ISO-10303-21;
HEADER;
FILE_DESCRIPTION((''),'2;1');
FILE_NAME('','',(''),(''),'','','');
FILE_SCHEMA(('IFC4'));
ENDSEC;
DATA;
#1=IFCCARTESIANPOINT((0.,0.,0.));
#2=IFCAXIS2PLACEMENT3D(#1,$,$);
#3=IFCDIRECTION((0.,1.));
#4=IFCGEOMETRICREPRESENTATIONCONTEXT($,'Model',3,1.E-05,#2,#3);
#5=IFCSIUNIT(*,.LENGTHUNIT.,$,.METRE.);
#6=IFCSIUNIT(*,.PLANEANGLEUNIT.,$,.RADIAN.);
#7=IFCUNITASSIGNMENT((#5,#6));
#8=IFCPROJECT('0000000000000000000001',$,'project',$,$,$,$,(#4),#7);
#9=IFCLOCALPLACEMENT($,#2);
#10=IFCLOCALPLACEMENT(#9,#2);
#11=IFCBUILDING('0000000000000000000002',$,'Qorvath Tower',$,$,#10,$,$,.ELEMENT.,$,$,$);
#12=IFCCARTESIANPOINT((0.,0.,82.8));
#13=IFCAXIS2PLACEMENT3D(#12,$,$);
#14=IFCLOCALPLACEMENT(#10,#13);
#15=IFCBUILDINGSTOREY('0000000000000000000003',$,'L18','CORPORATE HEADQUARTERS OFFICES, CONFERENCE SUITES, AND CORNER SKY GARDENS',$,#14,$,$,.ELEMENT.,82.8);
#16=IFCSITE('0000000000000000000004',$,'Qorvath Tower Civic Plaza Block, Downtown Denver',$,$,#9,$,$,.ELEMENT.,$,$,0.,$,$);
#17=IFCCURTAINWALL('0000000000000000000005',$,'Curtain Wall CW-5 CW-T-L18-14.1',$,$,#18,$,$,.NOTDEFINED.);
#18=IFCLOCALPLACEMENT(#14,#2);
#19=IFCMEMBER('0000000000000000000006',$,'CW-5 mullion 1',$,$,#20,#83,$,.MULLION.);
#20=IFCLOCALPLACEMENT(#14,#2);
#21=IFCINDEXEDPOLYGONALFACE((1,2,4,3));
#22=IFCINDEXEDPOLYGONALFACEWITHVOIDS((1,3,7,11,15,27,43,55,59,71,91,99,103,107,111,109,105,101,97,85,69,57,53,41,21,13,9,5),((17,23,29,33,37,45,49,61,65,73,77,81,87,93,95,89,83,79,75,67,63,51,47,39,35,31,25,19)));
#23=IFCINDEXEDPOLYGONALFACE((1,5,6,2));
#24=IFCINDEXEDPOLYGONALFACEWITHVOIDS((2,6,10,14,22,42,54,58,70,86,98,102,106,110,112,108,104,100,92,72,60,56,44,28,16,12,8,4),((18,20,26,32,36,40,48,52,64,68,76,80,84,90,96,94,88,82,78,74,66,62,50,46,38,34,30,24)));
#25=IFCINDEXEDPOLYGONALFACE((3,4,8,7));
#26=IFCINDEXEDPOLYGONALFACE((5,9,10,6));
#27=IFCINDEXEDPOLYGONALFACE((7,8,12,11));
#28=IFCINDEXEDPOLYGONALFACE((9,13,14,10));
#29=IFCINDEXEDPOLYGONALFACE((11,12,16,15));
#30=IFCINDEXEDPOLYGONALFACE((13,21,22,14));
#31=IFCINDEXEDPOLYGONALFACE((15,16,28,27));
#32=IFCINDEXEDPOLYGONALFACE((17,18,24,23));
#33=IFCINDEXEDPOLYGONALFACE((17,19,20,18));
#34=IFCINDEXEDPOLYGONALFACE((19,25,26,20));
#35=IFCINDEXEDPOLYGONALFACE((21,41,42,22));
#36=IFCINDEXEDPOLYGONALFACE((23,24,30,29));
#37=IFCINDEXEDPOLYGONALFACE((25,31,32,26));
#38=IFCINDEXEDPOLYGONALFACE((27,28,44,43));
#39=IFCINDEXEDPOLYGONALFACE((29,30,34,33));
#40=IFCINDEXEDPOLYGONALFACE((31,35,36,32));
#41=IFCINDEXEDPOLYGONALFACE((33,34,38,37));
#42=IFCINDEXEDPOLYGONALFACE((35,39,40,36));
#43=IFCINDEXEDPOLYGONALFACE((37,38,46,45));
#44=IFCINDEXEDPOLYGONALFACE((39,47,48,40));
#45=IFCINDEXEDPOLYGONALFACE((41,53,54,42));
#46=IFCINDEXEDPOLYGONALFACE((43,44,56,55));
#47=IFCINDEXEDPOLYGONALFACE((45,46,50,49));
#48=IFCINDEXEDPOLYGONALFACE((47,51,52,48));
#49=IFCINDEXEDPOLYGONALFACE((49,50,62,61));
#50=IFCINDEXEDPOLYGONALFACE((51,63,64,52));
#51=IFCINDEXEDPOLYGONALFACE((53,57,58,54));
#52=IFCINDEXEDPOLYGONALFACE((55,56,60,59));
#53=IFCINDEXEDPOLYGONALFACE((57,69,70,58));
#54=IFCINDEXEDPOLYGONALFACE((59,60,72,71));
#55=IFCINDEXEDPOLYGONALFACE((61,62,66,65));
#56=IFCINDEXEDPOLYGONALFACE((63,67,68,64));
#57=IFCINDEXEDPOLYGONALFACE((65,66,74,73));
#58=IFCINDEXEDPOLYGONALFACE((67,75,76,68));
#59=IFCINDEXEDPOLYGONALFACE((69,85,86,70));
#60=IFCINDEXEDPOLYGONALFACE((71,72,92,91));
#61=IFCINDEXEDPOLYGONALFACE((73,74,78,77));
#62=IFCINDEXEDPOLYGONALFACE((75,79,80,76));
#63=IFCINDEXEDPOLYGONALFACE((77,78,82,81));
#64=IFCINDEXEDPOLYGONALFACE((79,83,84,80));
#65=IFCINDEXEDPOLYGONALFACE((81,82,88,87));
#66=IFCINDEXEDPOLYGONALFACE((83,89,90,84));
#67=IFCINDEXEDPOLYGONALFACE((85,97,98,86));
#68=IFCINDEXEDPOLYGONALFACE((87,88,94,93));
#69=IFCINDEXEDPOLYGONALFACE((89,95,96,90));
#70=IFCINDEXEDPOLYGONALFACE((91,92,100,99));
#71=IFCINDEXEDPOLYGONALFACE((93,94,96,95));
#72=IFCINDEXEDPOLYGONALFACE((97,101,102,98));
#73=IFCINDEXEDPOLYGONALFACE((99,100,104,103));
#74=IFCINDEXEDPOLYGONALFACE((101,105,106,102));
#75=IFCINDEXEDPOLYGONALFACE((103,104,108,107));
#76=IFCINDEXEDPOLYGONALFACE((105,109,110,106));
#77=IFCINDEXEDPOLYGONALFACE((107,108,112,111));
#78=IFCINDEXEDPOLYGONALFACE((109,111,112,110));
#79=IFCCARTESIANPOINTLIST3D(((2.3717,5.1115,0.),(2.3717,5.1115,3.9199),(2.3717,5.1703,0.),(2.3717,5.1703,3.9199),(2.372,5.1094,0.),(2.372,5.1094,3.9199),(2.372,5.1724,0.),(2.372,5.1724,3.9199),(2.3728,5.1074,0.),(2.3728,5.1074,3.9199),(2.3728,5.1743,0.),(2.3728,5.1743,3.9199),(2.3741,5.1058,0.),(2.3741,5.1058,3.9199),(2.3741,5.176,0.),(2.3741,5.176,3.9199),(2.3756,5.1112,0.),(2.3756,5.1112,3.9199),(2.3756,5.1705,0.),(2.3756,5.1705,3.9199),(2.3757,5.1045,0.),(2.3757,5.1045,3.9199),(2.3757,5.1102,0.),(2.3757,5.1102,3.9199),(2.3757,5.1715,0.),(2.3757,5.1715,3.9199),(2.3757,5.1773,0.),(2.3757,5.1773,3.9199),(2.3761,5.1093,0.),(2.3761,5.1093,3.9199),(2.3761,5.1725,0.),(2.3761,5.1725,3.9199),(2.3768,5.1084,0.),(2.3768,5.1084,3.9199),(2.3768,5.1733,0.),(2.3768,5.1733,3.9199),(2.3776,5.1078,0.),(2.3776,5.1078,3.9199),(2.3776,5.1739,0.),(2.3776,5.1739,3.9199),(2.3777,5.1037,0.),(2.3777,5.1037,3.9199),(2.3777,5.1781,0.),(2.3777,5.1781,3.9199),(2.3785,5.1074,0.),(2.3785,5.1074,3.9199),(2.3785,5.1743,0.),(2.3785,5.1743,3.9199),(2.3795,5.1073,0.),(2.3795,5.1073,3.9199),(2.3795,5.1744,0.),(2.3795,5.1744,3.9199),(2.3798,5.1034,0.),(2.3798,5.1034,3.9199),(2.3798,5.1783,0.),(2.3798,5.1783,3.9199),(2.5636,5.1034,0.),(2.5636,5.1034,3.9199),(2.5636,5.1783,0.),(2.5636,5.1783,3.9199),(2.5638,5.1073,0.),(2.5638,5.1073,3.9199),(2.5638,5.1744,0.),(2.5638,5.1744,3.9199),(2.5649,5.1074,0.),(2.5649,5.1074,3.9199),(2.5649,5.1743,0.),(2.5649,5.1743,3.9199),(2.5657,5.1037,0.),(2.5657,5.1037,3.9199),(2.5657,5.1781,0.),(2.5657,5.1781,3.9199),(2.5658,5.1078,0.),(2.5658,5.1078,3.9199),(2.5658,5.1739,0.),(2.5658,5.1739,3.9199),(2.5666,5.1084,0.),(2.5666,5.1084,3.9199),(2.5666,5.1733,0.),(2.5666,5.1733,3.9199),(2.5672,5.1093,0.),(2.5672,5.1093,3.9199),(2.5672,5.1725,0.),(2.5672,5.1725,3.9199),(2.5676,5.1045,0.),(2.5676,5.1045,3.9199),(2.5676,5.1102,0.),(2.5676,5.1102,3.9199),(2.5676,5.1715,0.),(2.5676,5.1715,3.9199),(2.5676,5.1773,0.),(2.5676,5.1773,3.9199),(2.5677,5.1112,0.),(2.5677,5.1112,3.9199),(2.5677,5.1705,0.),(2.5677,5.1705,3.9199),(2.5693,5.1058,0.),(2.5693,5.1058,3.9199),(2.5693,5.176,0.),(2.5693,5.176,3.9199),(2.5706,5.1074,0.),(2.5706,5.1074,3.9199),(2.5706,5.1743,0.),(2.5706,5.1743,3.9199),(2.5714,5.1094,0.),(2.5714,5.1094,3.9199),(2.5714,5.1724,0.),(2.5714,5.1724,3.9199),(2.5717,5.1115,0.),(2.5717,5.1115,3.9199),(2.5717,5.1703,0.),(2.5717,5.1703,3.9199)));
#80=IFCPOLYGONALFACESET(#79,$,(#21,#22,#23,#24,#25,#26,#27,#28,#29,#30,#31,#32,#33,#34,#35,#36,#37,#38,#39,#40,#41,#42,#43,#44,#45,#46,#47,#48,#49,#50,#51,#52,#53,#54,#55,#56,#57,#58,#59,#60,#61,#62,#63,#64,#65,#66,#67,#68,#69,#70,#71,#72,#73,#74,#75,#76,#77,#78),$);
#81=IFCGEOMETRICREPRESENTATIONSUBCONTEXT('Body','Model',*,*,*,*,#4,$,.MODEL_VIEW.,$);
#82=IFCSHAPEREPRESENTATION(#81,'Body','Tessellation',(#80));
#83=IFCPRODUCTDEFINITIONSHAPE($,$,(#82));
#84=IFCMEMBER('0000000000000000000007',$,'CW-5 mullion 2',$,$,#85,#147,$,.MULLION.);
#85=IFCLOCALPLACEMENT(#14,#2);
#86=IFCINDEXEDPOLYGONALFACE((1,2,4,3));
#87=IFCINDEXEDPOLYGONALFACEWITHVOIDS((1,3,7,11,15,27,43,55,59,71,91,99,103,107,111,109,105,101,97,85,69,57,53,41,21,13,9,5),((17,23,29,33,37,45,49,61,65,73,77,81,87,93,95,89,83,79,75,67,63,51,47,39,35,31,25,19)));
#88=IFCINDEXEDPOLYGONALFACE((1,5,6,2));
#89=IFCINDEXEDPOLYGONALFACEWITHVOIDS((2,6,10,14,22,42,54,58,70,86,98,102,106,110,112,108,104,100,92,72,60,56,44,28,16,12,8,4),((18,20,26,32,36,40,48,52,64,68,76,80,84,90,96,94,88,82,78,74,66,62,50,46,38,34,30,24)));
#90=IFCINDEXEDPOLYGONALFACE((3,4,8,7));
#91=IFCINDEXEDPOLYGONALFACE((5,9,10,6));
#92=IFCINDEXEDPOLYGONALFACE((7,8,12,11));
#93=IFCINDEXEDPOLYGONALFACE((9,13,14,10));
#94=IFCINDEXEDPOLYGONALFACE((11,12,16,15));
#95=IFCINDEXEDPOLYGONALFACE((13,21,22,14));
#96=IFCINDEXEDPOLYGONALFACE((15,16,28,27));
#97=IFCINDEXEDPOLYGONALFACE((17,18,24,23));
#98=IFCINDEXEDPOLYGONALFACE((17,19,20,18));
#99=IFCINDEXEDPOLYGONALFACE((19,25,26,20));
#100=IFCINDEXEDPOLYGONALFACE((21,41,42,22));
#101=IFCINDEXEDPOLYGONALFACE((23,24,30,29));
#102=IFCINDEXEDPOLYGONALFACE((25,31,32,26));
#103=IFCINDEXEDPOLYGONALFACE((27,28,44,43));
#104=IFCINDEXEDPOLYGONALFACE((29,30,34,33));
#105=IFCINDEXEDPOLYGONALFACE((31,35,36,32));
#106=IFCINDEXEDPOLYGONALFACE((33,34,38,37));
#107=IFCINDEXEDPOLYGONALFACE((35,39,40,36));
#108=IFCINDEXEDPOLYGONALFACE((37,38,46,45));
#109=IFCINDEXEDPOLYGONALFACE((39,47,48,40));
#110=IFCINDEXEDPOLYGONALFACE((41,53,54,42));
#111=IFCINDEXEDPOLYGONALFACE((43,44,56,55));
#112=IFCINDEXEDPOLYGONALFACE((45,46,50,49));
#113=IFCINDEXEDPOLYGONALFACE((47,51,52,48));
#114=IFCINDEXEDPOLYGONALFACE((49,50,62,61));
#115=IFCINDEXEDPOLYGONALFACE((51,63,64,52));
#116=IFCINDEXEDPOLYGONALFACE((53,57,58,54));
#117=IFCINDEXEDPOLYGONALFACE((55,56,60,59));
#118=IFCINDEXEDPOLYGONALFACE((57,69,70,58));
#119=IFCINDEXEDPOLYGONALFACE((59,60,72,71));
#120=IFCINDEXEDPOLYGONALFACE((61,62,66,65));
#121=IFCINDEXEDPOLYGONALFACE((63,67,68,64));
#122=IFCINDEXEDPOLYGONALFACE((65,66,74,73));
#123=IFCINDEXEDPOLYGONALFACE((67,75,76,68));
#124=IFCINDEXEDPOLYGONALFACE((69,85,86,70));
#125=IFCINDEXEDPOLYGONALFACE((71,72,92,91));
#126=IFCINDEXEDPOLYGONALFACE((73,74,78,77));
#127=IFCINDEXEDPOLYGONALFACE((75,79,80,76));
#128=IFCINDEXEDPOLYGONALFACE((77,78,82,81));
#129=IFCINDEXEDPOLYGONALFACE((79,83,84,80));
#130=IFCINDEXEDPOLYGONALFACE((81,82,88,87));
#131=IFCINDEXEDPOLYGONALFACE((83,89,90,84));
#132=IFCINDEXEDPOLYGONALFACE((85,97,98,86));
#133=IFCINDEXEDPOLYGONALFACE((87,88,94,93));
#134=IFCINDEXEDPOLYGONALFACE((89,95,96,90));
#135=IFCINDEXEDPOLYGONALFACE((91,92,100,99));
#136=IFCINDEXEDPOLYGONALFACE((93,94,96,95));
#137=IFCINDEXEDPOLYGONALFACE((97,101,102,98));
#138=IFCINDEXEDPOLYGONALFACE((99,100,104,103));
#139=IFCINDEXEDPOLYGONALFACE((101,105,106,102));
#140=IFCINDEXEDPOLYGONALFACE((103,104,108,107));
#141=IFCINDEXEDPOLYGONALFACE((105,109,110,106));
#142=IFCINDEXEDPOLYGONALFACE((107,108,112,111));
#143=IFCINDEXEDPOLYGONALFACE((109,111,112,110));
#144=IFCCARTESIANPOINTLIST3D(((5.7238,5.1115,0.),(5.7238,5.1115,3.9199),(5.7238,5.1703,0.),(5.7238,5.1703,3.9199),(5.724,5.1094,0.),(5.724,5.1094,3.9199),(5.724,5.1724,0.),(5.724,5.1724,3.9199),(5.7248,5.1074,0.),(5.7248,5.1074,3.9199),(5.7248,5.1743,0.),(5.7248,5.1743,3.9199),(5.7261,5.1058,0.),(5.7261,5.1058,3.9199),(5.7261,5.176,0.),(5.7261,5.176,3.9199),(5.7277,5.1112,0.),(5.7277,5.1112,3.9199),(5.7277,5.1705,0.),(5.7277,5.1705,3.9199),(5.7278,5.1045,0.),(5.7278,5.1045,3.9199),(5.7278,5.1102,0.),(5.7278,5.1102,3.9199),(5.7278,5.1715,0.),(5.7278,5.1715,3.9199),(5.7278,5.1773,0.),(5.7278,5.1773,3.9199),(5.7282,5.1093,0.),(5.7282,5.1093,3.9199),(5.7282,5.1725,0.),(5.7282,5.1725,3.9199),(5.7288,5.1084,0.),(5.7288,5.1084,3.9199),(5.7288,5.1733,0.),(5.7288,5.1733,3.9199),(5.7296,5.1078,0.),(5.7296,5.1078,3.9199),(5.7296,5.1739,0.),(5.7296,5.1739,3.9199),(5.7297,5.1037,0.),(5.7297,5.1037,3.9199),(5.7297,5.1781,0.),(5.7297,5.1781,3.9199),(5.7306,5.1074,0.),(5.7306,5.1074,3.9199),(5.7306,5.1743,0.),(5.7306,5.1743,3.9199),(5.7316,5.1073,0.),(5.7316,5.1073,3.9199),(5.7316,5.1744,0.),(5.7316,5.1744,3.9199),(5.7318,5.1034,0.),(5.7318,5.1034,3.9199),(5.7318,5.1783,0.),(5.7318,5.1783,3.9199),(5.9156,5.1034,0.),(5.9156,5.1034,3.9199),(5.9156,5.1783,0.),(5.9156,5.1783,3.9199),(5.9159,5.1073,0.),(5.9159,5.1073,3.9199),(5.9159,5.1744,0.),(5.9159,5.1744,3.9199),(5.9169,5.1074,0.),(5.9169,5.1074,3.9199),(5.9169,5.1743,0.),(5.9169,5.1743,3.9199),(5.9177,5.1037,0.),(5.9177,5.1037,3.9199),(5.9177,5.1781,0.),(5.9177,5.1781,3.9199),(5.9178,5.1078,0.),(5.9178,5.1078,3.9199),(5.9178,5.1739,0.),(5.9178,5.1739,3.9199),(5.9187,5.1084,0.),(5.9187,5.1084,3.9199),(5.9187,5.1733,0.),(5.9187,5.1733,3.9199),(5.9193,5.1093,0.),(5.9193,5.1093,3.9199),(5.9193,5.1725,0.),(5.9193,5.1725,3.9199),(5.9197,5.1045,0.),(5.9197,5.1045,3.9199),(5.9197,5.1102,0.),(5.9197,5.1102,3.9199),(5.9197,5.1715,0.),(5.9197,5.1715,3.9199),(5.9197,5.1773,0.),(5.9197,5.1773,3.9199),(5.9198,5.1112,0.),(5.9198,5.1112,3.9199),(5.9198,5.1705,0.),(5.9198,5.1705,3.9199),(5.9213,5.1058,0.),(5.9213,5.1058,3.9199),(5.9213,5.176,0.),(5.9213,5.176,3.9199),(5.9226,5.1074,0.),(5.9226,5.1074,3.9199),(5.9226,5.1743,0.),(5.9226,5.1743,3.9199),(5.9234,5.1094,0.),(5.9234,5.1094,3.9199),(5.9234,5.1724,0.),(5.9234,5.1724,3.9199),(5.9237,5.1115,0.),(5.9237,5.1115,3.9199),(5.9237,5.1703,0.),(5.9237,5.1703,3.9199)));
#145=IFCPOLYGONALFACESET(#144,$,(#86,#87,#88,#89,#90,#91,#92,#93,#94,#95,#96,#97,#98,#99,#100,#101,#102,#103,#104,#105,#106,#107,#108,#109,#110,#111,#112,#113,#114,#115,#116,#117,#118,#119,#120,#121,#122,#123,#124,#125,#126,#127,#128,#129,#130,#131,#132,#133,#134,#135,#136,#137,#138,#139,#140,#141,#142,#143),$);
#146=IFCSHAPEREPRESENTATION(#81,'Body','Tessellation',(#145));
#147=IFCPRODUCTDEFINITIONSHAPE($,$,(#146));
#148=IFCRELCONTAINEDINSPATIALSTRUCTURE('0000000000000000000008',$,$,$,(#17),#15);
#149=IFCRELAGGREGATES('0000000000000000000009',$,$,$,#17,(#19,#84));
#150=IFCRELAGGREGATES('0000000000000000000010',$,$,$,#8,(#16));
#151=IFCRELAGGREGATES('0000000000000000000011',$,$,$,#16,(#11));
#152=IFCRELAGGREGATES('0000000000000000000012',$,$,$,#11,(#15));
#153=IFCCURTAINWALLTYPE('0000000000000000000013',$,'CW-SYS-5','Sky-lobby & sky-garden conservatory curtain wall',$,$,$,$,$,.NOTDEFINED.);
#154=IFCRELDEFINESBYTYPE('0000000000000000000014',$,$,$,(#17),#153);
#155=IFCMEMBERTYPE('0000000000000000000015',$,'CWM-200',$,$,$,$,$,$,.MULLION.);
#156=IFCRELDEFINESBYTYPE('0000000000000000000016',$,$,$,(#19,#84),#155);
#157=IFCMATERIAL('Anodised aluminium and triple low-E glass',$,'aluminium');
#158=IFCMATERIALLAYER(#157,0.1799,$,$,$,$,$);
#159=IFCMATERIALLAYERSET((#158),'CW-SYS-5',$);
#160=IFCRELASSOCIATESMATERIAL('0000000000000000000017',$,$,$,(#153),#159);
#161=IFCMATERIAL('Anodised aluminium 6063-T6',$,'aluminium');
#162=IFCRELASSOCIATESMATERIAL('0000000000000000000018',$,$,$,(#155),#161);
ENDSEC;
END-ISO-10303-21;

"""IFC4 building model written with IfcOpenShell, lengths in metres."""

from ifc_helpers import new_model, si_unit, direction, frame, origin, origin_2d, place, context, subcontext, project, spatial, hollow_rectangle, extrude, material, layer, layer_set, material_profile, profile_set, type_object, element, aggregate, save


model = new_model("IFC4")

# Units and contexts
model_context = context("Model", 3, precision=1e-05, world=origin(), true_north=direction((0.0, 1.0)))
body_context = subcontext(model_context, "Body", "Model", "MODEL_VIEW")
ifc_project = project(units=[si_unit("LENGTHUNIT", "METRE"), si_unit("PLANEANGLEUNIT", "RADIAN")], contexts=[model_context])

# Site, building, storey
site_placement = place(None, origin())
site = spatial("IfcSite", under=ifc_project, at=site_placement, Name="Qorvath Tower Civic Plaza Block, Downtown Denver", CompositionType="ELEMENT", RefElevation=0.0)
building_placement = place(site_placement, origin())
building = spatial("IfcBuilding", under=site, at=building_placement, Name="Qorvath Tower", CompositionType="ELEMENT")
storey_placement = place(building_placement, frame((0.0, 0.0, 82.8)))
storey = spatial("IfcBuildingStorey", under=building, at=storey_placement, Name="L18", Description="CORPORATE HEADQUARTERS OFFICES, CONFERENCE SUITES, AND CORNER SKY GARDENS", CompositionType="ELEMENT", Elevation=82.8)

# Curtain wall, members
ifc_material_1 = material(Name="Anodised aluminium and triple low-E glass", Category="aluminium")
ifc_layer_1 = layer(ifc_material_1, 0.1799)
ifc_layer_set_1 = layer_set([ifc_layer_1], Name="CW-SYS-5")
curtain_wall_type = type_object("IfcCurtainWallType", Name="CW-SYS-5", Description="Sky-lobby & sky-garden conservatory curtain wall", PredefinedType="NOTDEFINED", material=ifc_layer_set_1)
ifc_material_2 = material(Name="Anodised aluminium 6063-T6", Category="aluminium")
ifc_material_profile_1 = material_profile(ifc_material_2, hollow_rectangle(XDim=0.075, YDim=0.2, WallThickness=0.0039, InnerFilletRadius=0.0039, OuterFilletRadius=0.0081, at=origin_2d()), Name="CWM 200x75")
ifc_profile_set_1 = profile_set([ifc_material_profile_1], Name="Anodised aluminium 6063-T6")
member_type_1 = type_object("IfcMemberType", Name="CWM-200", PredefinedType="MULLION", material=ifc_profile_set_1)
curtain_wall_1_placement = place(storey_placement, origin())
curtain_wall_1 = element("IfcCurtainWall", 1, at=curtain_wall_1_placement, inside=storey, type_object=curtain_wall_type, Name="Curtain Wall CW-5 CW-T-L18-14.1", PredefinedType="NOTDEFINED")
member_1_placement = place(storey_placement, frame((2.4717, 5.1409, 0.0), z_axis=(0.0, 0.0, 1.0), x_axis=(0.0, 1.0, 0.0)))
member_1 = element("IfcMember", 2, at=member_1_placement, type_object=member_type_1, Name="CW-5 mullion 1", PredefinedType="MULLION", context=body_context, shape_type="SweptSolid", body=[
    extrude(hollow_rectangle(XDim=0.075, YDim=0.2, WallThickness=0.0039, InnerFilletRadius=0.0039, OuterFilletRadius=0.0081, at=origin_2d()), origin(), (0.0, 0.0, 1.0), 3.9199),
])
member_2_placement = place(storey_placement, frame((5.8237, 5.1409, 0.0), z_axis=(0.0, 0.0, 1.0), x_axis=(0.0, 1.0, 0.0)))
member_2 = element("IfcMember", 3, at=member_2_placement, type_object=member_type_1, Name="CW-5 mullion 2", PredefinedType="MULLION", context=body_context, shape_type="SweptSolid", body=[
    extrude(hollow_rectangle(XDim=0.075, YDim=0.2, WallThickness=0.0039, InnerFilletRadius=0.0039, OuterFilletRadius=0.0081, at=origin_2d()), origin(), (0.0, 0.0, 1.0), 3.9199),
])

aggregate(curtain_wall_1, [member_1, member_2])

save(model, "model.ifc")
